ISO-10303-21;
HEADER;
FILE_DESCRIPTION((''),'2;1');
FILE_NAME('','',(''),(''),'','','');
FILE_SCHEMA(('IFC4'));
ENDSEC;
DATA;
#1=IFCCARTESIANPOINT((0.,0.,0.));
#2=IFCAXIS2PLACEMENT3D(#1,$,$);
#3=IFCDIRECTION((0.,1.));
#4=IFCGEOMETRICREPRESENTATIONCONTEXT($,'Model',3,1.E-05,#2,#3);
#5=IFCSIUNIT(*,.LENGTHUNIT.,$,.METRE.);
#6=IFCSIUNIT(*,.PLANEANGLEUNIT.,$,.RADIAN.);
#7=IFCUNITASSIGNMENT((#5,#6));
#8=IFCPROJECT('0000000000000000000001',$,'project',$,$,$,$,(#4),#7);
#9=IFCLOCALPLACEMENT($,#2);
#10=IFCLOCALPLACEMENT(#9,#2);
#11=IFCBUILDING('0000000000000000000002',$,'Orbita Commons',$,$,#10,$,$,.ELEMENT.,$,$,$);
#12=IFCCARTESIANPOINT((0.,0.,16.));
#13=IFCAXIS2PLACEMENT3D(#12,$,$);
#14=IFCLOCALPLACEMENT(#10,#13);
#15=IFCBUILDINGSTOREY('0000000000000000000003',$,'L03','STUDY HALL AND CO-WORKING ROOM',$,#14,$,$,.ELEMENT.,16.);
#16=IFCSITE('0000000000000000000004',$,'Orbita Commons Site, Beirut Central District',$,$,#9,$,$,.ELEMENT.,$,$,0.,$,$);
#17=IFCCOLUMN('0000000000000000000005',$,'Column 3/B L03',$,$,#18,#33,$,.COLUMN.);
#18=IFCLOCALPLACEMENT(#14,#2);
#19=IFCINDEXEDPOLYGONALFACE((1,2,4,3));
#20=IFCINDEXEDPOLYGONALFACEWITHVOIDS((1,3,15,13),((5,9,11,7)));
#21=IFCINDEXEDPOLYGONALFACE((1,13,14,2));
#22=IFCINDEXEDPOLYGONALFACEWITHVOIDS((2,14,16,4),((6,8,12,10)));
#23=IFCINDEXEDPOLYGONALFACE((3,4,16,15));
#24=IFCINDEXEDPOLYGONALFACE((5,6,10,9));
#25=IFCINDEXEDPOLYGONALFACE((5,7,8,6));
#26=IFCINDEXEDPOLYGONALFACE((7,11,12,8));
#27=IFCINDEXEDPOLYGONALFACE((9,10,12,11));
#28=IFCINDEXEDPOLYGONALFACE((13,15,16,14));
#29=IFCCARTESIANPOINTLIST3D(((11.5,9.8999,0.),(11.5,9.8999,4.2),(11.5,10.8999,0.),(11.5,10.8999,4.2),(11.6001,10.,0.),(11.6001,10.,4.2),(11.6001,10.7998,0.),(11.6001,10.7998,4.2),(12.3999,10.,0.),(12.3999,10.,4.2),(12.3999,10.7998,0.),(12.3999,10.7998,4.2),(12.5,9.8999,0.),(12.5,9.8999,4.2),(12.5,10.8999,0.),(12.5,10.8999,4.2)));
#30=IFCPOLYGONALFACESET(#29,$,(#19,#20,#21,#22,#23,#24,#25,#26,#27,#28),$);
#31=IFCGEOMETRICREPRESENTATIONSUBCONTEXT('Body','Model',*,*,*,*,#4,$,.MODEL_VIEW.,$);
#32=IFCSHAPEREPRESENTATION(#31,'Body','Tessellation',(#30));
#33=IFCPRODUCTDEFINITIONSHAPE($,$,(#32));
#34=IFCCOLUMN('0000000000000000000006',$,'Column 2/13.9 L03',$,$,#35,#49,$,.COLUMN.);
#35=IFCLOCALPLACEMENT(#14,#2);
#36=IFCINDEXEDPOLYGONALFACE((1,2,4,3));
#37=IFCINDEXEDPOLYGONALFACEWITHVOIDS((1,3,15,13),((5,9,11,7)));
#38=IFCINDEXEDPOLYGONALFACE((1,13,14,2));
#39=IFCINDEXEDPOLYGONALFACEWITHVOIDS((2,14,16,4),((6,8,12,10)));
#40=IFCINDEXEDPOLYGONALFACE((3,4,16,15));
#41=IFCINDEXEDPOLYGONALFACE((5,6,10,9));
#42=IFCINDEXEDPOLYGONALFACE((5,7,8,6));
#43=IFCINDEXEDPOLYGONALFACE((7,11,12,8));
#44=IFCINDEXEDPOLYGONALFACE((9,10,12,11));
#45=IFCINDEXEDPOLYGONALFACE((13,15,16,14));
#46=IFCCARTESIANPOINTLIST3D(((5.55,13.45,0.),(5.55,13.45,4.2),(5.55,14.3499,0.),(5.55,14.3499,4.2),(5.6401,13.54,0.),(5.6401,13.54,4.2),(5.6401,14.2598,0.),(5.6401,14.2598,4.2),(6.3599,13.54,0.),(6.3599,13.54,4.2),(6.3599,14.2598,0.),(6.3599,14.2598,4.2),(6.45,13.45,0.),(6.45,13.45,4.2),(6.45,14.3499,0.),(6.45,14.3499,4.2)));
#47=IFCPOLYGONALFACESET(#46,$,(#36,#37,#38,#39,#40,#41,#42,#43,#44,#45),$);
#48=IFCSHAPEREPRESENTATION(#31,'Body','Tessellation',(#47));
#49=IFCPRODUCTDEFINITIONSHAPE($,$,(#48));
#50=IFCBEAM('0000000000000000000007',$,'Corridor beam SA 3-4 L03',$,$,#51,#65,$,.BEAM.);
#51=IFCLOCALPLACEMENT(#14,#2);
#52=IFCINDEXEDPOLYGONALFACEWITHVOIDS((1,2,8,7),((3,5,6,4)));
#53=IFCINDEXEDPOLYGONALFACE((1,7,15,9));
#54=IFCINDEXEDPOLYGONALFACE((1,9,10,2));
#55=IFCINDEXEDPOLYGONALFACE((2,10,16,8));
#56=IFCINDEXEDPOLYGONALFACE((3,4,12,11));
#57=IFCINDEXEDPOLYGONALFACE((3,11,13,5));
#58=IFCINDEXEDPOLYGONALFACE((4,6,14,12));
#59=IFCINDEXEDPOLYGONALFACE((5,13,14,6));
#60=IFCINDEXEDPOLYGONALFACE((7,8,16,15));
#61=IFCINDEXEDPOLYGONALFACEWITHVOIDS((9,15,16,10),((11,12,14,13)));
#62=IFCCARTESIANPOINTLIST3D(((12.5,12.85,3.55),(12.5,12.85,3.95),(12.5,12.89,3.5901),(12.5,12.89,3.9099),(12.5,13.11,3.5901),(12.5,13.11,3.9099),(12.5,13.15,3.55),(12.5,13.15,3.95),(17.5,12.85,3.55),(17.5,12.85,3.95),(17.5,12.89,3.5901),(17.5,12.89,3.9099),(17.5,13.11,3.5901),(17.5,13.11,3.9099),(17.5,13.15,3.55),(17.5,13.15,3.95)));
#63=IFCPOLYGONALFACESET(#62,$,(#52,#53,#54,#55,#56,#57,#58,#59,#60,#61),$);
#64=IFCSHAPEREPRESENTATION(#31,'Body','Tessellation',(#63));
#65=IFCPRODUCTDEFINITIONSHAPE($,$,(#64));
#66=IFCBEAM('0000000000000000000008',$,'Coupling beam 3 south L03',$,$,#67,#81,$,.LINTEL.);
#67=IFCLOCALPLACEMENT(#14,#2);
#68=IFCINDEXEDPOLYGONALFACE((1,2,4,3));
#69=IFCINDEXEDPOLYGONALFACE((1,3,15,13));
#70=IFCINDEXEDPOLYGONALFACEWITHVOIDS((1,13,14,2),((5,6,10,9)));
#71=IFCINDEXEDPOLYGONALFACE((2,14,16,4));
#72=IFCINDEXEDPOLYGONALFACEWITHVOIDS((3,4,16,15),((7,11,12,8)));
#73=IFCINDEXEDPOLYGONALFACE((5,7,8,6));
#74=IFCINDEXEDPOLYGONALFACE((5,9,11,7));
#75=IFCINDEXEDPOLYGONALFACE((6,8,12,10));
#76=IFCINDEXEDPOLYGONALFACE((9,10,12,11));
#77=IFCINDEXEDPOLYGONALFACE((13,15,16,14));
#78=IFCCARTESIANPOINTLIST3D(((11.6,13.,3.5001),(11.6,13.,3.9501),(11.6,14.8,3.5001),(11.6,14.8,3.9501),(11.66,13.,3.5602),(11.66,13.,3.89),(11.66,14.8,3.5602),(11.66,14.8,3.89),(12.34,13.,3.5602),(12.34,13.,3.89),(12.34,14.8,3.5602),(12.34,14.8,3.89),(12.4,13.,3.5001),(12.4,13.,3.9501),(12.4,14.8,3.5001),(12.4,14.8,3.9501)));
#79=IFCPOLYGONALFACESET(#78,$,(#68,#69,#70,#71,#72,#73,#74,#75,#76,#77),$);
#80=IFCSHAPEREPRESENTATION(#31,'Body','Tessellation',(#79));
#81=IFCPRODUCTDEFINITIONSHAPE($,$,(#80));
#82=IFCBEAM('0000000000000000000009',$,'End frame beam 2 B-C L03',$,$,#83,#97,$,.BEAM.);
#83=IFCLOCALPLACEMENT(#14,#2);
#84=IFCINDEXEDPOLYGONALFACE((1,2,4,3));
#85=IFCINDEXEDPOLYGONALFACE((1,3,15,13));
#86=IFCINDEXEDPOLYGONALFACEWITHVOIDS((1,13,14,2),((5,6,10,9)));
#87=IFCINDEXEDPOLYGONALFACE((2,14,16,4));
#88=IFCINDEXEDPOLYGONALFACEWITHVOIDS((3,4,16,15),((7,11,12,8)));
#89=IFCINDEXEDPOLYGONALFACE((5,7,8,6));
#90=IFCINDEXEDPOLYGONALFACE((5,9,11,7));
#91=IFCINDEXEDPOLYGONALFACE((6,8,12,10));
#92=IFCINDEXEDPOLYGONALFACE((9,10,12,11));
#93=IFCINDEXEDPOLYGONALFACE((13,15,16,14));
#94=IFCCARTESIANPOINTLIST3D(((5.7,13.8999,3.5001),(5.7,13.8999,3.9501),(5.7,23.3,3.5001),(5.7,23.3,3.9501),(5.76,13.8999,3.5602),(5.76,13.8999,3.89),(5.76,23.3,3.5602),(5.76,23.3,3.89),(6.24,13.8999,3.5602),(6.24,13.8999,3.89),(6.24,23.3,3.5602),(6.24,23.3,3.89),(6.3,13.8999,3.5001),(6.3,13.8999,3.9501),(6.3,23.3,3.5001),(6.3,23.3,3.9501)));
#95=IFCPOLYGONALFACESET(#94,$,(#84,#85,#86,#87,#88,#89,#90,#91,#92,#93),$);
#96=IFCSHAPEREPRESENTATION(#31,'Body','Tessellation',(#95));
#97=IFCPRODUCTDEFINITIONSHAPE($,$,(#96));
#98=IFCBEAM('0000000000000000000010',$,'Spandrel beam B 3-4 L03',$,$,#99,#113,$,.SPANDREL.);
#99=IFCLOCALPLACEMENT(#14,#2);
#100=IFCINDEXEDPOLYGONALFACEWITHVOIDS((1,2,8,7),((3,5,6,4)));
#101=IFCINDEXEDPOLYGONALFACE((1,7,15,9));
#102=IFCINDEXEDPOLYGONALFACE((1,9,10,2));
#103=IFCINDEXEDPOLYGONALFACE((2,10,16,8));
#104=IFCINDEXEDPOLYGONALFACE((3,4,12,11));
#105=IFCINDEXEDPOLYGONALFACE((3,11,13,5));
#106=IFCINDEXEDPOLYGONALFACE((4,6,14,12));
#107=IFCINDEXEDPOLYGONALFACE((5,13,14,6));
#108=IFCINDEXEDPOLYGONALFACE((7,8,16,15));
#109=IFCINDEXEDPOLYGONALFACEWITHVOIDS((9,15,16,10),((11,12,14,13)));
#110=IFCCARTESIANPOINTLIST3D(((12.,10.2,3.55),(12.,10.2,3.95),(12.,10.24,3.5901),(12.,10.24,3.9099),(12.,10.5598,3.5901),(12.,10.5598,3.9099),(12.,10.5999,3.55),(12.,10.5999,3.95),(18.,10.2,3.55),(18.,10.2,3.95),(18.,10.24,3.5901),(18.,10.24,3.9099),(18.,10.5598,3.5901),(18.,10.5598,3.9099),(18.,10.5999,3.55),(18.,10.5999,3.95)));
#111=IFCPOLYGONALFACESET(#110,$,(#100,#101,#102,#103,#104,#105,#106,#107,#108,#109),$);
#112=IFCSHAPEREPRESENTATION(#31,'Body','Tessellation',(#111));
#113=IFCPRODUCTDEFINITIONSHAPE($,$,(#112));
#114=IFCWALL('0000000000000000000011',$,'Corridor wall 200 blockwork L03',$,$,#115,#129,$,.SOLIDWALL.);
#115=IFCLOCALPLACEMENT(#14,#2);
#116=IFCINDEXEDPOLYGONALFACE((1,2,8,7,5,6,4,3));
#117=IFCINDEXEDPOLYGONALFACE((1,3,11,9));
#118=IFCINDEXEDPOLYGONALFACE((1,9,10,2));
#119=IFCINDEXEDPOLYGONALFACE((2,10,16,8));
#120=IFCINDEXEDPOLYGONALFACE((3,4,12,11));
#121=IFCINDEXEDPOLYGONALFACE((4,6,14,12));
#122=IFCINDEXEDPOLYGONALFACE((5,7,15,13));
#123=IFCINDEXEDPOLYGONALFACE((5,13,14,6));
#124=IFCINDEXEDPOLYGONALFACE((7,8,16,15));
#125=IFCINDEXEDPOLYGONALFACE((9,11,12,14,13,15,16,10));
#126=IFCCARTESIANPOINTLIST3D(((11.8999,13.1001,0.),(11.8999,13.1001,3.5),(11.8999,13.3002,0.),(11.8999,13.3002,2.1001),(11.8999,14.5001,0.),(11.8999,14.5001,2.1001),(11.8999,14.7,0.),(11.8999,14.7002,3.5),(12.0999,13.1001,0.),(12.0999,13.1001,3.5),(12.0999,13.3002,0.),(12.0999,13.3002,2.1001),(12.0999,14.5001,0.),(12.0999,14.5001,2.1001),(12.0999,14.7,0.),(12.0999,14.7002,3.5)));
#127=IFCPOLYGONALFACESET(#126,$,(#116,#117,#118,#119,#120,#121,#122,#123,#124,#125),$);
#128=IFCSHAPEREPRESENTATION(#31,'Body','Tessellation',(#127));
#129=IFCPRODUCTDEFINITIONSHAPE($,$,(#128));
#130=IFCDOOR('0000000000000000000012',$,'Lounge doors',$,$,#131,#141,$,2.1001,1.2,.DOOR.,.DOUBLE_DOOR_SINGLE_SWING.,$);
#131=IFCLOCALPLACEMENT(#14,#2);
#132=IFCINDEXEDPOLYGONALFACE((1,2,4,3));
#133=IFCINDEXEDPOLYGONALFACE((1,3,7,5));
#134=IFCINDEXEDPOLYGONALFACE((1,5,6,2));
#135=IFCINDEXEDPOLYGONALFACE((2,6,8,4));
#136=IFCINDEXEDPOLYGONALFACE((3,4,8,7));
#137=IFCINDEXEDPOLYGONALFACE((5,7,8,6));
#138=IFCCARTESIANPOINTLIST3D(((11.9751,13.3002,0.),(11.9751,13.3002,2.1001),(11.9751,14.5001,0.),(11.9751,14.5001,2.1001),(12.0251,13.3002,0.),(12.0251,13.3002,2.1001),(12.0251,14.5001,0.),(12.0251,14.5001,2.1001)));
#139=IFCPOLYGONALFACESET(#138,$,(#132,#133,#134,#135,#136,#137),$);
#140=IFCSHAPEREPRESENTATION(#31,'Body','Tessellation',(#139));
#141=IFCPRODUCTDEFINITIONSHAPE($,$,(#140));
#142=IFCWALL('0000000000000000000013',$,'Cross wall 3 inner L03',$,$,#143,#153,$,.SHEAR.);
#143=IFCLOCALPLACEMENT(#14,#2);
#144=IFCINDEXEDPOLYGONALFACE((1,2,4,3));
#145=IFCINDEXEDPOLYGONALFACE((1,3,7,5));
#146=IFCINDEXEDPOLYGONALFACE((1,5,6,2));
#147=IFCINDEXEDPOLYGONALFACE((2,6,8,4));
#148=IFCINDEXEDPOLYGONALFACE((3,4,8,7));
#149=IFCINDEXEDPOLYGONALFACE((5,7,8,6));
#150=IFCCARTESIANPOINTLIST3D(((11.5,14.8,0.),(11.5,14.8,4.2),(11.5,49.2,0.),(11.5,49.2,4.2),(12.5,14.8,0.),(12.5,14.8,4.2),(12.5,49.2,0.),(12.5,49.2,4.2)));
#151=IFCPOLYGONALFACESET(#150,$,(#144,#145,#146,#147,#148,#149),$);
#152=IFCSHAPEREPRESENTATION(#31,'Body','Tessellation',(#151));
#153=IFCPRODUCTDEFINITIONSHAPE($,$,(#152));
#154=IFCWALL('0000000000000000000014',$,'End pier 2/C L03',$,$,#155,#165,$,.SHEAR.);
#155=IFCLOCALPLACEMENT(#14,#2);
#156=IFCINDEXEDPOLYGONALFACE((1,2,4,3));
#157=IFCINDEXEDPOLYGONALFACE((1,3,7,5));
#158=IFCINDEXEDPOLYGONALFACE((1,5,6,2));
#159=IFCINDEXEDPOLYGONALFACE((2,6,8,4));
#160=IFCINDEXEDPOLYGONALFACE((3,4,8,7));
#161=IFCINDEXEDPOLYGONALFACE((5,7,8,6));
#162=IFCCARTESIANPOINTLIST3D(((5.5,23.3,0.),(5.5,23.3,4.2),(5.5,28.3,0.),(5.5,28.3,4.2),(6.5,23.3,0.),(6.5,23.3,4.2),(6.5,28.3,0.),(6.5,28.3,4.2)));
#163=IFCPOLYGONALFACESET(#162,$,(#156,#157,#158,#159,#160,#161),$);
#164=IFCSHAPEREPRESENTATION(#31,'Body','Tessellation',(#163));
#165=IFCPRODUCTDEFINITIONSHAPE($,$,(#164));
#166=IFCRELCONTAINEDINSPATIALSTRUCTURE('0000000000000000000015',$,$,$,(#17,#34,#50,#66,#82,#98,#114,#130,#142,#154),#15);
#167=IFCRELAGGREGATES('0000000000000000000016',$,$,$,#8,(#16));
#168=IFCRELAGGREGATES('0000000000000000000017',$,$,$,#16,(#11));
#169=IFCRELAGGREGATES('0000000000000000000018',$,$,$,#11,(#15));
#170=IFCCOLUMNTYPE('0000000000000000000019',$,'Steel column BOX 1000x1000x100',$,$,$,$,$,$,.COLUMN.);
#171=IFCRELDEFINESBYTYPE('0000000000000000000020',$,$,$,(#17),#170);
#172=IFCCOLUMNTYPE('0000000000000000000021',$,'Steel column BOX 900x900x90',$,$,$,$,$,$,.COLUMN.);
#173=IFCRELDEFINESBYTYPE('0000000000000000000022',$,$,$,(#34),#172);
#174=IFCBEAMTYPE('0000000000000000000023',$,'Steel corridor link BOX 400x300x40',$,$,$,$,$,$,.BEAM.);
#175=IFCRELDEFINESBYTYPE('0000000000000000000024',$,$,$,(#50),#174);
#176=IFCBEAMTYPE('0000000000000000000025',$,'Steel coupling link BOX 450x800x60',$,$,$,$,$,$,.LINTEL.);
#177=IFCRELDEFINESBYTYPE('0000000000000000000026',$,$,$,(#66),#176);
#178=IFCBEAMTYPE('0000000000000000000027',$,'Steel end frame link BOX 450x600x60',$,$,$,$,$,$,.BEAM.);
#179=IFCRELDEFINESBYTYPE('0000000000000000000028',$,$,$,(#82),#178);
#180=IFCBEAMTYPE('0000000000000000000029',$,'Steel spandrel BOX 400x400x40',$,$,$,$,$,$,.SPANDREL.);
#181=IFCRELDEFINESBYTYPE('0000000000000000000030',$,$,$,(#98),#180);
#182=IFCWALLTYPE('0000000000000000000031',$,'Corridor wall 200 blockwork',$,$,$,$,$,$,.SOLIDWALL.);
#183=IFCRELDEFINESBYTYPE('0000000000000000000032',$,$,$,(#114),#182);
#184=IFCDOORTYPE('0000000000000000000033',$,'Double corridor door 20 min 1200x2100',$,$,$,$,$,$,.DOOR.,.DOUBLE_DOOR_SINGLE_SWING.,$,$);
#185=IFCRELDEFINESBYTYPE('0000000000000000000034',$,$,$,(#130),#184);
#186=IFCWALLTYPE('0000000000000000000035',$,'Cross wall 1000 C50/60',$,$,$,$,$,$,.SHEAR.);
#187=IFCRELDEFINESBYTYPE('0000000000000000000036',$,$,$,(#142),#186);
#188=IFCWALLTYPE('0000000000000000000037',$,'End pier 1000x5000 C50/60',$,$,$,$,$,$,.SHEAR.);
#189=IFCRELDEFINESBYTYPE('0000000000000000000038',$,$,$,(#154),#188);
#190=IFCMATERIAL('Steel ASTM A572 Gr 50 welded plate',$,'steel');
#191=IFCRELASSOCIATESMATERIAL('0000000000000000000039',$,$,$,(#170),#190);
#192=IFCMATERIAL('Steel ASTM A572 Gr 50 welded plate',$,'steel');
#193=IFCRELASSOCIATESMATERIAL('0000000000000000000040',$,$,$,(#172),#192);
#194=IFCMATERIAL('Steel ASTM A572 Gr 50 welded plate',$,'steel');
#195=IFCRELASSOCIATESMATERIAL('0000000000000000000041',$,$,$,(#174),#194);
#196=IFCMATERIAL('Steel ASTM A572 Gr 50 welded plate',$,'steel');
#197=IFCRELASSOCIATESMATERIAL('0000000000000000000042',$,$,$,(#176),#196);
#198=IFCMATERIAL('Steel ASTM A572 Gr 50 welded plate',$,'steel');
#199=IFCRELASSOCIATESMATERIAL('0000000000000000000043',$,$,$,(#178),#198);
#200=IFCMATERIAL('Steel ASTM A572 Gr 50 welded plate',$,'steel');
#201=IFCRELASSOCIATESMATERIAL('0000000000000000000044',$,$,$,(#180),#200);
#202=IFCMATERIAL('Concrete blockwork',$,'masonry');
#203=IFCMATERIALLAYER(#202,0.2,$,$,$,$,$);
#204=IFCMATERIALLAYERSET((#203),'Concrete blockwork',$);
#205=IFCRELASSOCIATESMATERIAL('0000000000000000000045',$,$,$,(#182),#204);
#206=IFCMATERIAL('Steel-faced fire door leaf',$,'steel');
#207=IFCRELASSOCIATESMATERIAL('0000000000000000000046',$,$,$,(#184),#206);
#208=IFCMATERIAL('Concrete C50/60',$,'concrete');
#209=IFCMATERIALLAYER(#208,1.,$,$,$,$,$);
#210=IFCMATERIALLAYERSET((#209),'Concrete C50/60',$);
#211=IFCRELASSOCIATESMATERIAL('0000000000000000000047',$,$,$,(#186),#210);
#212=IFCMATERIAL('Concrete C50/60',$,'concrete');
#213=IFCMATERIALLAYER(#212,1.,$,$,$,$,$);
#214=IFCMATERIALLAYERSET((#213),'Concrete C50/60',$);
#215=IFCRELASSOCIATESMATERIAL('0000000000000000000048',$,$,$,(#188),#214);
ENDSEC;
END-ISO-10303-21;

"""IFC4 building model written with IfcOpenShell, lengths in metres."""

from ifc_helpers import new_model, si_unit, direction, frame, frame_2d, origin, origin_2d, place, context, subcontext, project, spatial, polyline, rectangle, hollow_rectangle, outline, extrude, material, layer, layer_set, material_profile, profile_set, type_object, element, fill, save


model = new_model("IFC4")

# Units and contexts
model_context = context("Model", 3, precision=1e-05, world=origin(), true_north=direction((0.0, 1.0)))
body_context = subcontext(model_context, "Body", "Model", "MODEL_VIEW")
ifc_project = project(units=[si_unit("LENGTHUNIT", "METRE"), si_unit("PLANEANGLEUNIT", "RADIAN")], contexts=[model_context])

# Site, building, storey
site_placement = place(None, origin())
site = spatial("IfcSite", under=ifc_project, at=site_placement, Name="Orbita Commons Site, Beirut Central District", CompositionType="ELEMENT", RefElevation=0.0)
building_placement = place(site_placement, origin())
building = spatial("IfcBuilding", under=site, at=building_placement, Name="Orbita Commons", CompositionType="ELEMENT")
storey_placement = place(building_placement, frame((0.0, 0.0, 16.0)))
storey = spatial("IfcBuildingStorey", under=building, at=storey_placement, Name="L03", Description="STUDY HALL AND CO-WORKING ROOM", CompositionType="ELEMENT", Elevation=16.0)

# Columns
ifc_material_1 = material(Name="Steel ASTM A572 Gr 50 welded plate", Category="steel")
ifc_material_profile_1 = material_profile(ifc_material_1, hollow_rectangle(XDim=1.0, YDim=1.0, WallThickness=0.1001, at=origin_2d()), Name="BOX 1000x1000x100")
ifc_profile_set_1 = profile_set([ifc_material_profile_1], Name="Steel ASTM A572 Gr 50 welded plate")
column_type_1 = type_object("IfcColumnType", Name="Steel column BOX 1000x1000x100", PredefinedType="COLUMN", material=ifc_profile_set_1)
column_1_placement = place(storey_placement, frame((12.0, 10.3999, 0.0), z_axis=(0.0, 0.0, 1.0), x_axis=(1.0, 0.0, 0.0)))
element("IfcColumn", 1, at=column_1_placement, inside=storey, type_object=column_type_1, Name="Column 3/B L03", PredefinedType="COLUMN", context=body_context, shape_type="SweptSolid", body=[
    extrude(hollow_rectangle(XDim=1.0, YDim=1.0, WallThickness=0.1001, at=origin_2d()), origin(), (0.0, 0.0, 1.0), 4.2),
])
ifc_material_2 = material(Name="Steel ASTM A572 Gr 50 welded plate", Category="steel")
ifc_material_profile_2 = material_profile(ifc_material_2, hollow_rectangle(XDim=0.8999, YDim=0.8999, WallThickness=0.0901, at=origin_2d()), Name="BOX 900x900x90")
ifc_profile_set_2 = profile_set([ifc_material_profile_2], Name="Steel ASTM A572 Gr 50 welded plate")
column_type_2 = type_object("IfcColumnType", Name="Steel column BOX 900x900x90", PredefinedType="COLUMN", material=ifc_profile_set_2)
column_2_placement = place(storey_placement, frame((6.0, 13.8999, 0.0), z_axis=(0.0, 0.0, 1.0), x_axis=(1.0, 0.0, 0.0)))
element("IfcColumn", 2, at=column_2_placement, inside=storey, type_object=column_type_2, Name="Column 2/13.9 L03", PredefinedType="COLUMN", context=body_context, shape_type="SweptSolid", body=[
    extrude(hollow_rectangle(XDim=0.8999, YDim=0.8999, WallThickness=0.0901, at=origin_2d()), origin(), (0.0, 0.0, 1.0), 4.2),
])

# Beams
ifc_material_3 = material(Name="Steel ASTM A572 Gr 50 welded plate", Category="steel")
ifc_material_profile_3 = material_profile(ifc_material_3, hollow_rectangle(XDim=0.3, YDim=0.3999, WallThickness=0.04, at=origin_2d()), Name="BOX 400x300x40")
ifc_profile_set_3 = profile_set([ifc_material_profile_3], Name="Steel ASTM A572 Gr 50 welded plate")
beam_type_1 = type_object("IfcBeamType", Name="Steel corridor link BOX 400x300x40", PredefinedType="BEAM", material=ifc_profile_set_3)
beam_1_placement = place(storey_placement, frame((12.5, 13.0, 3.75), z_axis=(1.0, 0.0, 0.0), x_axis=(0.0, 1.0, 0.0)))
element("IfcBeam", 3, at=beam_1_placement, inside=storey, type_object=beam_type_1, Name="Corridor beam SA 3-4 L03", PredefinedType="BEAM", context=body_context, shape_type="SweptSolid", body=[
    extrude(hollow_rectangle(XDim=0.3, YDim=0.3999, WallThickness=0.04, at=origin_2d()), origin(), (0.0, 0.0, 1.0), 5.0),
])
ifc_material_4 = material(Name="Steel ASTM A572 Gr 50 welded plate", Category="steel")
ifc_material_profile_4 = material_profile(ifc_material_4, hollow_rectangle(XDim=0.8, YDim=0.45, WallThickness=0.0601, at=origin_2d()), Name="BOX 450x800x60")
ifc_profile_set_4 = profile_set([ifc_material_profile_4], Name="Steel ASTM A572 Gr 50 welded plate")
beam_type_2 = type_object("IfcBeamType", Name="Steel coupling link BOX 450x800x60", PredefinedType="LINTEL", material=ifc_profile_set_4)
beam_2_placement = place(storey_placement, frame((12.0, 13.0, 3.7251), z_axis=(0.0, 1.0, 0.0), x_axis=(-1.0, 0.0, 0.0)))
element("IfcBeam", 4, at=beam_2_placement, inside=storey, type_object=beam_type_2, Name="Coupling beam 3 south L03", PredefinedType="LINTEL", context=body_context, shape_type="SweptSolid", body=[
    extrude(hollow_rectangle(XDim=0.8, YDim=0.45, WallThickness=0.0601, at=origin_2d()), origin(), (0.0, 0.0, 1.0), 1.8),
])
ifc_material_5 = material(Name="Steel ASTM A572 Gr 50 welded plate", Category="steel")
ifc_material_profile_5 = material_profile(ifc_material_5, hollow_rectangle(XDim=0.6001, YDim=0.45, WallThickness=0.0601, at=origin_2d()), Name="BOX 450x600x60")
ifc_profile_set_5 = profile_set([ifc_material_profile_5], Name="Steel ASTM A572 Gr 50 welded plate")
beam_type_3 = type_object("IfcBeamType", Name="Steel end frame link BOX 450x600x60", PredefinedType="BEAM", material=ifc_profile_set_5)
beam_3_placement = place(storey_placement, frame((6.0, 13.8999, 3.7251), z_axis=(0.0, 1.0, 0.0), x_axis=(-1.0, 0.0, 0.0)))
element("IfcBeam", 5, at=beam_3_placement, inside=storey, type_object=beam_type_3, Name="End frame beam 2 B-C L03", PredefinedType="BEAM", context=body_context, shape_type="SweptSolid", body=[
    extrude(hollow_rectangle(XDim=0.6001, YDim=0.45, WallThickness=0.0601, at=origin_2d()), origin(), (0.0, 0.0, 1.0), 9.4001),
])
ifc_material_6 = material(Name="Steel ASTM A572 Gr 50 welded plate", Category="steel")
ifc_material_profile_6 = material_profile(ifc_material_6, hollow_rectangle(XDim=0.3999, YDim=0.3999, WallThickness=0.04, at=origin_2d()), Name="BOX 400x400x40")
ifc_profile_set_6 = profile_set([ifc_material_profile_6], Name="Steel ASTM A572 Gr 50 welded plate")
beam_type_4 = type_object("IfcBeamType", Name="Steel spandrel BOX 400x400x40", PredefinedType="SPANDREL", material=ifc_profile_set_6)
beam_4_placement = place(storey_placement, frame((12.0, 10.3999, 3.75), z_axis=(1.0, 0.0, 0.0), x_axis=(0.0, 1.0, 0.0)))
element("IfcBeam", 6, at=beam_4_placement, inside=storey, type_object=beam_type_4, Name="Spandrel beam B 3-4 L03", PredefinedType="SPANDREL", context=body_context, shape_type="SweptSolid", body=[
    extrude(hollow_rectangle(XDim=0.3999, YDim=0.3999, WallThickness=0.04, at=origin_2d()), origin(), (0.0, 0.0, 1.0), 6.0),
])

# Wall, opening, door
ifc_material_7 = material(Name="Concrete blockwork", Category="masonry")
ifc_layer_1 = layer(ifc_material_7, 0.2)
ifc_layer_set_1 = layer_set([ifc_layer_1], Name="Concrete blockwork")
wall_type_1 = type_object("IfcWallType", Name="Corridor wall 200 blockwork", PredefinedType="SOLIDWALL", material=ifc_layer_set_1)
wall_1_placement = place(storey_placement, frame((12.0, 13.1001, 0.0), z_axis=(0.0, 0.0, 1.0), x_axis=(0.0, 1.0, 0.0)))
wall_1 = element("IfcWall", 7, at=wall_1_placement, inside=storey, type_object=wall_type_1, Name="Corridor wall 200 blockwork L03", PredefinedType="SOLIDWALL", context=body_context, shape_type="SweptSolid", body=[
    extrude(outline(polyline([(0.0, 0.0), (1.5999, 0.0), (1.6001, 3.5), (0.0, 3.5), (0.0, 0.0)])), frame((0.0, 0.1001, 0.0), z_axis=(0.0, -1.0, 0.0), x_axis=(1.0, 0.0, 0.0)), (0.0, 0.0, 1.0), 0.2),
])
opening_1_placement = place(wall_1_placement, frame((0.2, 0.0, 0.0)))
opening_1 = element("IfcOpeningElement", 8, at=opening_1_placement, cuts=wall_1, PredefinedType="OPENING", context=body_context, shape_type="SweptSolid", body=[
    extrude(rectangle(XDim=1.2, YDim=2.1001, at=frame_2d((0.6001, 1.05))), frame((0.0, 0.1099, 0.0), z_axis=(0.0, -1.0, 0.0), x_axis=(1.0, 0.0, 0.0)), (0.0, 0.0, 1.0), 0.22),
])
ifc_material_8 = material(Name="Steel-faced fire door leaf", Category="steel")
door_type = type_object("IfcDoorType", Name="Double corridor door 20 min 1200x2100", OperationType="DOUBLE_DOOR_SINGLE_SWING", PredefinedType="DOOR", material=ifc_material_8)
door_placement = place(opening_1_placement, origin())
door = element("IfcDoor", 9, at=door_placement, inside=storey, type_object=door_type, Name="Lounge doors", OperationType="DOUBLE_DOOR_SINGLE_SWING", OverallHeight=2.1001, OverallWidth=1.2, PredefinedType="DOOR", context=body_context, shape_type="SweptSolid", body=[
    extrude(rectangle(XDim=1.2, YDim=2.1001, at=frame_2d((0.6001, 1.05))), frame((0.0, 0.0249, 0.0), z_axis=(0.0, -1.0, 0.0), x_axis=(1.0, 0.0, 0.0)), (0.0, 0.0, 1.0), 0.05),
])
fill(opening_1, door)

# Walls
ifc_material_9 = material(Name="Concrete C50/60", Category="concrete")
ifc_layer_2 = layer(ifc_material_9, 1.0)
ifc_layer_set_2 = layer_set([ifc_layer_2], Name="Concrete C50/60")
wall_type_2 = type_object("IfcWallType", Name="Cross wall 1000 C50/60", PredefinedType="SHEAR", material=ifc_layer_set_2)
wall_2_placement = place(storey_placement, frame((12.0, 14.8, 0.0), z_axis=(0.0, 0.0, 1.0), x_axis=(0.0, 1.0, 0.0)))
element("IfcWall", 10, at=wall_2_placement, inside=storey, type_object=wall_type_2, Name="Cross wall 3 inner L03", PredefinedType="SHEAR", context=body_context, shape_type="SweptSolid", body=[
    extrude(rectangle(XDim=34.3999, YDim=1.0, at=frame_2d((17.2, 0.0))), origin(), (0.0, 0.0, 1.0), 4.2),
])
ifc_material_10 = material(Name="Concrete C50/60", Category="concrete")
ifc_layer_3 = layer(ifc_material_10, 1.0)
ifc_layer_set_3 = layer_set([ifc_layer_3], Name="Concrete C50/60")
wall_type_3 = type_object("IfcWallType", Name="End pier 1000x5000 C50/60", PredefinedType="SHEAR", material=ifc_layer_set_3)
wall_3_placement = place(storey_placement, frame((6.0, 23.3, 0.0), z_axis=(0.0, 0.0, 1.0), x_axis=(0.0, 1.0, 0.0)))
element("IfcWall", 11, at=wall_3_placement, inside=storey, type_object=wall_type_3, Name="End pier 2/C L03", PredefinedType="SHEAR", context=body_context, shape_type="SweptSolid", body=[
    extrude(rectangle(XDim=5.0, YDim=1.0, at=frame_2d((2.5, 0.0))), origin(), (0.0, 0.0, 1.0), 4.2),
])

save(model, "model.ifc")
